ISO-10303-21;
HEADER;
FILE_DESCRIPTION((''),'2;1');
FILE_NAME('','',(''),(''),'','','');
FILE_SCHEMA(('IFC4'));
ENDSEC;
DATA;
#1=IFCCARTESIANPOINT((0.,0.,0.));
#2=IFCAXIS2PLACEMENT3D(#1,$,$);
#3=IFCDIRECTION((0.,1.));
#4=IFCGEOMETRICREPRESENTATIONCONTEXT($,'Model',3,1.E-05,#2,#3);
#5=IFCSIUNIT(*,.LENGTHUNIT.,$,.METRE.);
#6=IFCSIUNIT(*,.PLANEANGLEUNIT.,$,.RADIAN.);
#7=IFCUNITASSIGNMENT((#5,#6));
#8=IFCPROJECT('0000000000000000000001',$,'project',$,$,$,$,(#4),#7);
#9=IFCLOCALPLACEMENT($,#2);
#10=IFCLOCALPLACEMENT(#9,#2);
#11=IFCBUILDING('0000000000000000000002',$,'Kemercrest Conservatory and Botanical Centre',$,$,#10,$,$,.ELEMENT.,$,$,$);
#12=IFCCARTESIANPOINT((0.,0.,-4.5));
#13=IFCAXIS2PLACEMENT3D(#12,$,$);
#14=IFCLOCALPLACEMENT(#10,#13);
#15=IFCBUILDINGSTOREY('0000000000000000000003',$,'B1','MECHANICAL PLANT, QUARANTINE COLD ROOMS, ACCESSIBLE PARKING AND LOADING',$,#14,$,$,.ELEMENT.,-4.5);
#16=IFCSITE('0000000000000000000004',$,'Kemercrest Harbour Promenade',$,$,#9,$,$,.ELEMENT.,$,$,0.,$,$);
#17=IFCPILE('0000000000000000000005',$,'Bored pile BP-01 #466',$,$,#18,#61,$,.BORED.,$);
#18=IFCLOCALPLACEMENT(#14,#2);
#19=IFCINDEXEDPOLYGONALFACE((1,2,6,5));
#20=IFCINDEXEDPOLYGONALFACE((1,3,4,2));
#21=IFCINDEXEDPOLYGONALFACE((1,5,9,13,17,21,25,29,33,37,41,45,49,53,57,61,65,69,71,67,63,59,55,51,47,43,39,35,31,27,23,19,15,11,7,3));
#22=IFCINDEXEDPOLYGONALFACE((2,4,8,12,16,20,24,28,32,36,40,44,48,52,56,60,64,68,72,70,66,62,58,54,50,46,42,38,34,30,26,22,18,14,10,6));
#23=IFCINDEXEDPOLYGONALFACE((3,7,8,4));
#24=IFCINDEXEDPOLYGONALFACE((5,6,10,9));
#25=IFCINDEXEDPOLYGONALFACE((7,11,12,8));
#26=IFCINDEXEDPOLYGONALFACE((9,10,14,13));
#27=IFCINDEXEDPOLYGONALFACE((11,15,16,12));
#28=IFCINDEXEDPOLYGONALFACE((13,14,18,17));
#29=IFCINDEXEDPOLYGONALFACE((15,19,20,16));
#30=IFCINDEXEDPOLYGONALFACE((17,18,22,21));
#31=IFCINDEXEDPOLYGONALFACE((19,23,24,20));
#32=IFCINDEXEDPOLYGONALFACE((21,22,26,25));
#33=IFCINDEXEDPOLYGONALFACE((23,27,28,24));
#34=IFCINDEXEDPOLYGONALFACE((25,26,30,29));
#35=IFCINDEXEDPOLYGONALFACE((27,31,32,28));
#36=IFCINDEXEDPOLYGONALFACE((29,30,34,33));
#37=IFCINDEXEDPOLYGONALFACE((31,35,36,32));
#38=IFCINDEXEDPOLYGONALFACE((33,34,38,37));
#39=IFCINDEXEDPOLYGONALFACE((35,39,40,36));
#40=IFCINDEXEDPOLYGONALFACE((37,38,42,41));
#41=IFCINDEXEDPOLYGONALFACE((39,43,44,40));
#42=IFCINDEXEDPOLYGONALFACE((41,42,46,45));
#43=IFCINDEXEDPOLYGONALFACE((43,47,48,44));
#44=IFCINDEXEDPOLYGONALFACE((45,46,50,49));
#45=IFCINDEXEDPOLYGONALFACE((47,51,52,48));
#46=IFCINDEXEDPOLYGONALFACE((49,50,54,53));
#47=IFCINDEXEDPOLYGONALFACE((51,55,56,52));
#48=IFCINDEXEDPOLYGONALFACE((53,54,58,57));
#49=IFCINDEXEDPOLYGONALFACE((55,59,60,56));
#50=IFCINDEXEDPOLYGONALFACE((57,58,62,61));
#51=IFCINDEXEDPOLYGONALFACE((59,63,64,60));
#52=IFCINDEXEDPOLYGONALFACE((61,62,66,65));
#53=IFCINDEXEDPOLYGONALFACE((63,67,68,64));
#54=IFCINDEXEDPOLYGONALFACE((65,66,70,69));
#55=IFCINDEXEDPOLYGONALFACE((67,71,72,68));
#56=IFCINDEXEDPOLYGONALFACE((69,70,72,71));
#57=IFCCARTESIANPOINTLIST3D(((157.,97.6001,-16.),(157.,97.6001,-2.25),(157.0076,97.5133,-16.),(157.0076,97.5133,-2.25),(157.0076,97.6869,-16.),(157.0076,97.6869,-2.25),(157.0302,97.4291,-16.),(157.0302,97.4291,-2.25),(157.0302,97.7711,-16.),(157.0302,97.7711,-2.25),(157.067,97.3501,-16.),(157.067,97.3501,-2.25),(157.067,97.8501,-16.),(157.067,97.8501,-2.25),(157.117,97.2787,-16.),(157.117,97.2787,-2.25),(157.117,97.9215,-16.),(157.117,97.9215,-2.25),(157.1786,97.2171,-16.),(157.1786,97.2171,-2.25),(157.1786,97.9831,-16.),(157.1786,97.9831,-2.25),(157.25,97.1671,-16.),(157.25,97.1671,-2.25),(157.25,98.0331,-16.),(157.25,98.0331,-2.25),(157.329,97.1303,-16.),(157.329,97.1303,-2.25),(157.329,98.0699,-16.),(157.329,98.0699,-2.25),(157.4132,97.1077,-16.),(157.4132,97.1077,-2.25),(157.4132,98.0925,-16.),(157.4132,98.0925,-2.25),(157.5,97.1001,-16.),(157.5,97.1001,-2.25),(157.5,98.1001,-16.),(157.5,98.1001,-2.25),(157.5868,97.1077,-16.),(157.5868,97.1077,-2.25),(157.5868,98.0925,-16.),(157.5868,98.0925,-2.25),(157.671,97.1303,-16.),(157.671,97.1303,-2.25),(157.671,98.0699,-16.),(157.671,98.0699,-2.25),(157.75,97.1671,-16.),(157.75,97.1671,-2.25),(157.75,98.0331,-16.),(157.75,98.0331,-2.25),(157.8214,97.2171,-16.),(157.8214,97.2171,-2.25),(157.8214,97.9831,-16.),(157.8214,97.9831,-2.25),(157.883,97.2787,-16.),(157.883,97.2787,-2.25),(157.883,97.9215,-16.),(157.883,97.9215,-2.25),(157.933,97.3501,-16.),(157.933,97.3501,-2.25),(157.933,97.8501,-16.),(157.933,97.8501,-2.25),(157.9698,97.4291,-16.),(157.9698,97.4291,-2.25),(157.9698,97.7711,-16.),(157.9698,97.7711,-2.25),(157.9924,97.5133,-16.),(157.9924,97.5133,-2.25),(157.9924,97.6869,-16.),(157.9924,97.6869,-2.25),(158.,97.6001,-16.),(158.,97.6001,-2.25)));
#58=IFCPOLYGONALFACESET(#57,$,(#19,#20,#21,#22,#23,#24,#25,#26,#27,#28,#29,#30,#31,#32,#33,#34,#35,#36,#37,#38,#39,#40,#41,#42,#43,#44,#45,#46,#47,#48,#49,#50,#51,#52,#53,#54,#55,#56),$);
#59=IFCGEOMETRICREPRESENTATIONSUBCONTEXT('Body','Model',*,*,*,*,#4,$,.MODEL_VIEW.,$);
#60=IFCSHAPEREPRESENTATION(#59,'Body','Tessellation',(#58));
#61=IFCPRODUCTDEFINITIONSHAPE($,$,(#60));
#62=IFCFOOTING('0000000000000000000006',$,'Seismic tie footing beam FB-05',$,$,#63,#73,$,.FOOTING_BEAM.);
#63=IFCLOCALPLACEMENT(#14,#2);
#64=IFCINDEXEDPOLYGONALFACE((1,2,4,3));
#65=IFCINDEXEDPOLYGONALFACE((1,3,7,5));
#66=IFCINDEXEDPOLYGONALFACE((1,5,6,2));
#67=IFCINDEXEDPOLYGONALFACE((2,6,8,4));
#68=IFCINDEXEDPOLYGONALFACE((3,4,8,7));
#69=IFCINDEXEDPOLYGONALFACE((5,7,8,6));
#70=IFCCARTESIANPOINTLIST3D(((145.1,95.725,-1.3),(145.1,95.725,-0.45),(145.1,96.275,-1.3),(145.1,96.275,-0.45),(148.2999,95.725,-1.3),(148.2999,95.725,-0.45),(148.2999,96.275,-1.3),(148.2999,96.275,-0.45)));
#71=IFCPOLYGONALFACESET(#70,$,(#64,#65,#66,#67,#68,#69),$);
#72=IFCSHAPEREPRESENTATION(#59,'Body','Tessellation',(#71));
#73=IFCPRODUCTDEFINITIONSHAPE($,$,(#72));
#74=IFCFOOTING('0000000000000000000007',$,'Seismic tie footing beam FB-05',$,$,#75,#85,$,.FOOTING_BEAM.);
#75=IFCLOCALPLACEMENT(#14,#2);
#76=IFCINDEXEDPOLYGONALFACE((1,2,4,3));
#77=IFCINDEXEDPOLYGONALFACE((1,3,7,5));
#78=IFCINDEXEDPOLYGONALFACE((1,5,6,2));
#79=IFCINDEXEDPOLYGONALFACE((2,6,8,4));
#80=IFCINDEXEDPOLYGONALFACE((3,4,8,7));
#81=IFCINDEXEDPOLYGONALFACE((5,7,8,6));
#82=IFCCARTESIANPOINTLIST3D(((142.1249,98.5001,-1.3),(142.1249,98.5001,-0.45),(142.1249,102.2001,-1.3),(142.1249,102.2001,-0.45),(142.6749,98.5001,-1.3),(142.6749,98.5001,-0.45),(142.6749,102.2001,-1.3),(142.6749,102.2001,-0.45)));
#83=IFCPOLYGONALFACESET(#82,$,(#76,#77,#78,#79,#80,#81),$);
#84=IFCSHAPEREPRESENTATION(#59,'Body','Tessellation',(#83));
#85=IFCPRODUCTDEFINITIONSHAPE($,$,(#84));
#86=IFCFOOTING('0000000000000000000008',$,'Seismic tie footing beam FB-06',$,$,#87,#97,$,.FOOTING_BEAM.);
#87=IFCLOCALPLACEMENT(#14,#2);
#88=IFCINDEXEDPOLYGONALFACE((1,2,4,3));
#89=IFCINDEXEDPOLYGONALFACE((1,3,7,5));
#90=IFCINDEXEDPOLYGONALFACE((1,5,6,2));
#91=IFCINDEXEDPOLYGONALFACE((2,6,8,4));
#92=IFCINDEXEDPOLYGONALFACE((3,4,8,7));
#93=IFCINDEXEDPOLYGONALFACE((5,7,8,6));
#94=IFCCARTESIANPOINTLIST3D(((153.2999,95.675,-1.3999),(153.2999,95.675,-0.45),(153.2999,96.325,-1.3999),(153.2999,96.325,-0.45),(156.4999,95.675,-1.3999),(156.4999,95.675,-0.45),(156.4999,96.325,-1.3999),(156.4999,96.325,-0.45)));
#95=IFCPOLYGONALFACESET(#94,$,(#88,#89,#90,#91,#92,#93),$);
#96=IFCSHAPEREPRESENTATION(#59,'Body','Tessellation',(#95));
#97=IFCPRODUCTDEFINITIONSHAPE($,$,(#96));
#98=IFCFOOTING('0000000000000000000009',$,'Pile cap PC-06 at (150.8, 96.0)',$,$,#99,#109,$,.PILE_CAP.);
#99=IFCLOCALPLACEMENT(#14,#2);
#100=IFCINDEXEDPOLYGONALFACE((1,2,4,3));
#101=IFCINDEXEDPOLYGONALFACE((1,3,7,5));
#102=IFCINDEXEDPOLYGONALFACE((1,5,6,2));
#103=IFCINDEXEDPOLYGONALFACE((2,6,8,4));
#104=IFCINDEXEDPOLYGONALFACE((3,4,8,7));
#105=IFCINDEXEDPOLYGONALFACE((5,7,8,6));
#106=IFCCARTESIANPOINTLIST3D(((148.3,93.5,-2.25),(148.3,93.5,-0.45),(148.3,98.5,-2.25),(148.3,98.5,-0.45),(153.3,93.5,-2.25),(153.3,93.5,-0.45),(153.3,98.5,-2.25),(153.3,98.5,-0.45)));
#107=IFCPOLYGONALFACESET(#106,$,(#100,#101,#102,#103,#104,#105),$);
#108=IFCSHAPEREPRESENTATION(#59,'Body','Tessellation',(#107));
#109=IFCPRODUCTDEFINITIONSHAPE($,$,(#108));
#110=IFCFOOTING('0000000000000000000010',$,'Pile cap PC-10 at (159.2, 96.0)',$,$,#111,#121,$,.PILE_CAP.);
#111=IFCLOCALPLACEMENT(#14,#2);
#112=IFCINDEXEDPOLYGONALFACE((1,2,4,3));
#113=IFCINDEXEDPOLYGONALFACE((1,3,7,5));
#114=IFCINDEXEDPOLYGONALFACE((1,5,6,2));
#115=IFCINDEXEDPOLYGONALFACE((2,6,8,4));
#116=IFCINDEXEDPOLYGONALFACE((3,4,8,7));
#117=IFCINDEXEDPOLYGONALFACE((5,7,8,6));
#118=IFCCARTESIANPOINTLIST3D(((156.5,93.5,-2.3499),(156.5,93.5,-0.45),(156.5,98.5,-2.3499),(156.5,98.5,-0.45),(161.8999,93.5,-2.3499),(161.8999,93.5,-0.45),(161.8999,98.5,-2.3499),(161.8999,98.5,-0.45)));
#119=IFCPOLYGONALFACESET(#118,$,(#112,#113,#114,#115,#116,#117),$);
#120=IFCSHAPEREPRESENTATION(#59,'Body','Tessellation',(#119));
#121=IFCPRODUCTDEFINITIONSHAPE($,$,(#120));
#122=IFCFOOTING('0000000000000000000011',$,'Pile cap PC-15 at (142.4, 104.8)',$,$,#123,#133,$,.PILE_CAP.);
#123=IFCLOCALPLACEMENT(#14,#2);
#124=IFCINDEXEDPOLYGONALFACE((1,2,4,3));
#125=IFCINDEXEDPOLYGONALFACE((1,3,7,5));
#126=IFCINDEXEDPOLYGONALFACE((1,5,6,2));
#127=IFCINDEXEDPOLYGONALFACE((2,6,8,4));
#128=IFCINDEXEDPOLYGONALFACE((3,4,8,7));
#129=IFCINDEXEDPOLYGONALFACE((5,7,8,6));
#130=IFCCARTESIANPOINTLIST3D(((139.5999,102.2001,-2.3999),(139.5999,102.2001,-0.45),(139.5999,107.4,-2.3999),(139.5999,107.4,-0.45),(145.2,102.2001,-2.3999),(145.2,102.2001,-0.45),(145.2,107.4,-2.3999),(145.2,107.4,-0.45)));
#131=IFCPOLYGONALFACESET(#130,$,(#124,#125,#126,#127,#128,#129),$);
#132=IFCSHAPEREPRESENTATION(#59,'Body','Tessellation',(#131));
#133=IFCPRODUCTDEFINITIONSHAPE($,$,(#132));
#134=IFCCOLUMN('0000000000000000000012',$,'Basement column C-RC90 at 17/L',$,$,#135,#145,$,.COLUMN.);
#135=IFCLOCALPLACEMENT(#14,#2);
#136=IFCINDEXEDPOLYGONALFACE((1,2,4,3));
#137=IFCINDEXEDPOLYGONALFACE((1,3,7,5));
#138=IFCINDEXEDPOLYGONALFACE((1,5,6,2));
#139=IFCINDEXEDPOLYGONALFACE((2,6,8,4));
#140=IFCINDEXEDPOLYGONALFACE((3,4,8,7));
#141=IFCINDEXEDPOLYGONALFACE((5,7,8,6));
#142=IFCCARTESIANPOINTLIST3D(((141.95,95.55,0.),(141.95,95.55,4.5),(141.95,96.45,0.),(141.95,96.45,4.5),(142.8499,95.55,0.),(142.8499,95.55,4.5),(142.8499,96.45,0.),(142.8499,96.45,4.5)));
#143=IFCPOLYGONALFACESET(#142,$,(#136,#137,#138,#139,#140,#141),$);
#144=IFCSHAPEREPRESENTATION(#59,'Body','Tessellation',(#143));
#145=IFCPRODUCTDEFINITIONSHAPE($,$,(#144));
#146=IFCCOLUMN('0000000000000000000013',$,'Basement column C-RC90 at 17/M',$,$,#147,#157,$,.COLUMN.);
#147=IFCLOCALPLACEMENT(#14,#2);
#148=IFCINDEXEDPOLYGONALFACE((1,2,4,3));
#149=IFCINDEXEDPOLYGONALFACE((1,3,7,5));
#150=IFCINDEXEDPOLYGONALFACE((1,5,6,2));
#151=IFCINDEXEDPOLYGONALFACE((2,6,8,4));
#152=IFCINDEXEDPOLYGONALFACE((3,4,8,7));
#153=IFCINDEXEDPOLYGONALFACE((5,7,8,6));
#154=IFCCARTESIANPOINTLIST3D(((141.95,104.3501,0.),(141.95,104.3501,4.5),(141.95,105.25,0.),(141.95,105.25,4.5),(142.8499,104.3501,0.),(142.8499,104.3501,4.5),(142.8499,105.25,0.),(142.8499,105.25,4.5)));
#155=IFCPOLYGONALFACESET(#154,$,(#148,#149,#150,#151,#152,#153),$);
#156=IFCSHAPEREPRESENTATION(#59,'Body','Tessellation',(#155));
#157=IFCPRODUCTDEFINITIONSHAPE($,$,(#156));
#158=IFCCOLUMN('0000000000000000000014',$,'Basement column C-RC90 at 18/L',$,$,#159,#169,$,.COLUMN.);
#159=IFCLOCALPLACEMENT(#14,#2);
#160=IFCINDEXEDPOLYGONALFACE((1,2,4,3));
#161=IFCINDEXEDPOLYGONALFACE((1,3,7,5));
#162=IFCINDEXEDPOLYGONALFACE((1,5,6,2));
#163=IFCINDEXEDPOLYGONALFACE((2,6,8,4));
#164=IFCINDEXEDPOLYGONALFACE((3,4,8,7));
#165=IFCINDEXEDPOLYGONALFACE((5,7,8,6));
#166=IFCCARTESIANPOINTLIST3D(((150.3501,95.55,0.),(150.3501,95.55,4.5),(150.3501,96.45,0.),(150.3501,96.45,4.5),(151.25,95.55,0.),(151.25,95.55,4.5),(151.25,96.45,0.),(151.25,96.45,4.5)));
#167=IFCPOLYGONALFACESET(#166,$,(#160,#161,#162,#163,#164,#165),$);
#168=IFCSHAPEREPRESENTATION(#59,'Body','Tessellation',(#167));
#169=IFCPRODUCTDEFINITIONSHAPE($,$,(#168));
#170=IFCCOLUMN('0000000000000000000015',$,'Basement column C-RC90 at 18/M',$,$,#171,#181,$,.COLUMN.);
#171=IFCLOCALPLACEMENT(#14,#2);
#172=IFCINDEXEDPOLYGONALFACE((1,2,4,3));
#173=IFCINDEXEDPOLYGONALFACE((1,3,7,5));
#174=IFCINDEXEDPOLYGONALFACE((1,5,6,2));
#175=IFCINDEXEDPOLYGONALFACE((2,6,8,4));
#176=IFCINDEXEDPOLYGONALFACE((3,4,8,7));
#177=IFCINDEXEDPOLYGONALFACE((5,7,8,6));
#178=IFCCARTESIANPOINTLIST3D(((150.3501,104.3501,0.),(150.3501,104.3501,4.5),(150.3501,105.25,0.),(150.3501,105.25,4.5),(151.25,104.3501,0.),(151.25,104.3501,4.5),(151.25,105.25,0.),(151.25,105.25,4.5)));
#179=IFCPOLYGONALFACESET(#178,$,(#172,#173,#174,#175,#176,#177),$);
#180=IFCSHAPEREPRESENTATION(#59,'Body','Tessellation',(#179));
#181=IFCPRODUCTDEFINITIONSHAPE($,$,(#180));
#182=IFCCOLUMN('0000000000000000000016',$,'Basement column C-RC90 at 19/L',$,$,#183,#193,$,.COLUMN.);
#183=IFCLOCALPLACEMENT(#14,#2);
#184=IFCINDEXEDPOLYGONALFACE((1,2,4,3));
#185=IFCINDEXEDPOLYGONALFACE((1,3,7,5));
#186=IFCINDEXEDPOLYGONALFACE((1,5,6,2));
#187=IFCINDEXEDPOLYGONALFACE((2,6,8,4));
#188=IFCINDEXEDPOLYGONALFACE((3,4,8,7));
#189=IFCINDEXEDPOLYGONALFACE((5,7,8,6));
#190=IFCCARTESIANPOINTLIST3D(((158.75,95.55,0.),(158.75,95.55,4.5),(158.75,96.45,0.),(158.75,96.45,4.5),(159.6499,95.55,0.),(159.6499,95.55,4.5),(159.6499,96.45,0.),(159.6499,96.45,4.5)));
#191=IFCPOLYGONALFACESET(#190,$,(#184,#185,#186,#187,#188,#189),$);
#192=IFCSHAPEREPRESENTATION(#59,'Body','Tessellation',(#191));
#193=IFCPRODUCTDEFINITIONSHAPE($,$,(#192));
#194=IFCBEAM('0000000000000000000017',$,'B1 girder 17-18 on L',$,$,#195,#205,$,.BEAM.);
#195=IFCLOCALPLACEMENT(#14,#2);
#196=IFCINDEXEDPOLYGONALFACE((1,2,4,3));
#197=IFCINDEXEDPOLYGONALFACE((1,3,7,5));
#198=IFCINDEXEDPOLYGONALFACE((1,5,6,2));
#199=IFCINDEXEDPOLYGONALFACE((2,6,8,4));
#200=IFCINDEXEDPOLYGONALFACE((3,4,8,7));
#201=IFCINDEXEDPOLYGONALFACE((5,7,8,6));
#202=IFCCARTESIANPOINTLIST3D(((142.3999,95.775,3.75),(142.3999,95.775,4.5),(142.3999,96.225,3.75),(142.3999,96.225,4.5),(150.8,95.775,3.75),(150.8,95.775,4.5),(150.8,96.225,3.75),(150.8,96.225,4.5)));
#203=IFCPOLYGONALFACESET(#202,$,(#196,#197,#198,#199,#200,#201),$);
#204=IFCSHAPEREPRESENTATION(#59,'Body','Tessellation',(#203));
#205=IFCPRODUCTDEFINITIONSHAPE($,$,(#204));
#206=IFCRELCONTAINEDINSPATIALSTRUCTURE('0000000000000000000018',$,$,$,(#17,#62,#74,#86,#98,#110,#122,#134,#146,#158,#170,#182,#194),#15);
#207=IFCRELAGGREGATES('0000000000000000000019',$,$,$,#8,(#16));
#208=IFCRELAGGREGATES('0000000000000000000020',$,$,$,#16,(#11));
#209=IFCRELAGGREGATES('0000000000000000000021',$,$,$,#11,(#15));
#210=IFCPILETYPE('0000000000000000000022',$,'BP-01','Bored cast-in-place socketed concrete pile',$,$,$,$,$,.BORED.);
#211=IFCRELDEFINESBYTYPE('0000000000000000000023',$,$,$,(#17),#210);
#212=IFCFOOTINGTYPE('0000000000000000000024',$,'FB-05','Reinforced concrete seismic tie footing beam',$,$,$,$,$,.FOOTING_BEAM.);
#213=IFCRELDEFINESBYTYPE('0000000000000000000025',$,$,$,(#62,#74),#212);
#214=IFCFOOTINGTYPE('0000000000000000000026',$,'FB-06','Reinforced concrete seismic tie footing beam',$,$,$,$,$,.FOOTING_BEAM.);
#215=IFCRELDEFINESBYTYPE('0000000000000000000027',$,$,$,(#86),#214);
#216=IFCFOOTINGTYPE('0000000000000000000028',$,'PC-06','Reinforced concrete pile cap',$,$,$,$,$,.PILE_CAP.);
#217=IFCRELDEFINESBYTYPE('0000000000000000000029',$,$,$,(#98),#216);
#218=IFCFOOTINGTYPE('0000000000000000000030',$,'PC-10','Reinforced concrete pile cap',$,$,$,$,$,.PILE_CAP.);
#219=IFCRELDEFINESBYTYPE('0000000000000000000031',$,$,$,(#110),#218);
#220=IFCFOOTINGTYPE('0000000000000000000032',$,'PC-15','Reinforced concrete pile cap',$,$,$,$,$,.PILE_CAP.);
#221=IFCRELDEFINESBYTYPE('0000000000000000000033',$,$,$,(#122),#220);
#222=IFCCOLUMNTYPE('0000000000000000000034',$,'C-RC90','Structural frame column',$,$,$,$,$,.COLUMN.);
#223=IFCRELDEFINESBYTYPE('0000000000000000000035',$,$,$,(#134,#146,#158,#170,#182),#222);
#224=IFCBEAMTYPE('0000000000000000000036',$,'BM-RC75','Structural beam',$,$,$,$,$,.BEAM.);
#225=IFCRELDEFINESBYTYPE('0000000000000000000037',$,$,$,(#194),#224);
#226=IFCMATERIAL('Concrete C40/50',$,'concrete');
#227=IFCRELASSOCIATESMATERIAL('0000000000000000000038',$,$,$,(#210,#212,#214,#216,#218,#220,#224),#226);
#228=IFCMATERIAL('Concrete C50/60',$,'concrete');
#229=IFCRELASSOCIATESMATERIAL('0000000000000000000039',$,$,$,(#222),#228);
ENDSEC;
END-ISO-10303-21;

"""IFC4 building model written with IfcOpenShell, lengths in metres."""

from ifc_helpers import new_model, si_unit, direction, frame, origin, origin_2d, place, context, subcontext, project, spatial, rectangle, circle, extrude, material, material_profile, profile_set, type_object, element, save


model = new_model("IFC4")

# Units and contexts
model_context = context("Model", 3, precision=1e-05, world=origin(), true_north=direction((0.0, 1.0)))
body_context = subcontext(model_context, "Body", "Model", "MODEL_VIEW")
ifc_project = project(units=[si_unit("LENGTHUNIT", "METRE"), si_unit("PLANEANGLEUNIT", "RADIAN")], contexts=[model_context])

# Site, building, storey
site_placement = place(None, origin())
site = spatial("IfcSite", under=ifc_project, at=site_placement, Name="Kemercrest Harbour Promenade", CompositionType="ELEMENT", RefElevation=0.0)
building_placement = place(site_placement, origin())
building = spatial("IfcBuilding", under=site, at=building_placement, Name="Kemercrest Conservatory and Botanical Centre", CompositionType="ELEMENT")
storey_placement = place(building_placement, frame((0.0, 0.0, -4.5)))
storey = spatial("IfcBuildingStorey", under=building, at=storey_placement, Name="B1", Description="MECHANICAL PLANT, QUARANTINE COLD ROOMS, ACCESSIBLE PARKING AND LOADING", CompositionType="ELEMENT", Elevation=-4.5)

# Pile
ifc_material_1 = material(Name="Concrete C40/50", Category="concrete")
ifc_material_profile_1 = material_profile(ifc_material_1, circle(Radius=0.5, at=origin_2d()), Name="BORED PILE 1000")
ifc_profile_set_1 = profile_set([ifc_material_profile_1], Name="Concrete C40/50")
pile_type = type_object("IfcPileType", Name="BP-01", Description="Bored cast-in-place socketed concrete pile", PredefinedType="BORED", material=ifc_profile_set_1)
pile_1_placement = place(storey_placement, frame((157.5, 97.6001, -2.25), z_axis=(0.0, 0.0, -1.0), x_axis=(1.0, 0.0, 0.0)))
element("IfcPile", 1, at=pile_1_placement, inside=storey, type_object=pile_type, Name="Bored pile BP-01 #466", PredefinedType="BORED", context=body_context, shape_type="SweptSolid", body=[
    extrude(circle(Radius=0.5, at=origin_2d()), origin(), (0.0, 0.0, 1.0), 13.75),
])

# Footings
footing_type_1 = type_object("IfcFootingType", Name="FB-05", Description="Reinforced concrete seismic tie footing beam", PredefinedType="FOOTING_BEAM", material=ifc_material_1)
footing_1_placement = place(storey_placement, frame((146.7, 96.0, -1.3), z_axis=(0.0, 0.0, 1.0), x_axis=(1.0, 0.0, 0.0)))
element("IfcFooting", 2, at=footing_1_placement, inside=storey, type_object=footing_type_1, Name="Seismic tie footing beam FB-05", PredefinedType="FOOTING_BEAM", context=body_context, shape_type="SweptSolid", body=[
    extrude(rectangle(XDim=3.2, YDim=0.55, at=origin_2d()), origin(), (0.0, 0.0, 1.0), 0.8501),
])
footing_2_placement = place(storey_placement, frame((142.3999, 100.3501, -1.3), z_axis=(0.0, 0.0, 1.0), x_axis=(1.0, 0.0, 0.0)))
element("IfcFooting", 3, at=footing_2_placement, inside=storey, type_object=footing_type_1, Name="Seismic tie footing beam FB-05", PredefinedType="FOOTING_BEAM", context=body_context, shape_type="SweptSolid", body=[
    extrude(rectangle(XDim=0.55, YDim=3.7, at=origin_2d()), origin(), (0.0, 0.0, 1.0), 0.8501),
])
footing_type_2 = type_object("IfcFootingType", Name="FB-06", Description="Reinforced concrete seismic tie footing beam", PredefinedType="FOOTING_BEAM", material=ifc_material_1)
footing_3_placement = place(storey_placement, frame((154.8999, 96.0, -1.3999), z_axis=(0.0, 0.0, 1.0), x_axis=(1.0, 0.0, 0.0)))
element("IfcFooting", 4, at=footing_3_placement, inside=storey, type_object=footing_type_2, Name="Seismic tie footing beam FB-06", PredefinedType="FOOTING_BEAM", context=body_context, shape_type="SweptSolid", body=[
    extrude(rectangle(XDim=3.2, YDim=0.6499, at=origin_2d()), origin(), (0.0, 0.0, 1.0), 0.95),
])
footing_type_3 = type_object("IfcFootingType", Name="PC-06", Description="Reinforced concrete pile cap", PredefinedType="PILE_CAP", material=ifc_material_1)
footing_4_placement = place(storey_placement, frame((150.8, 96.0, -2.25), z_axis=(0.0, 0.0, 1.0), x_axis=(1.0, 0.0, 0.0)))
element("IfcFooting", 5, at=footing_4_placement, inside=storey, type_object=footing_type_3, Name="Pile cap PC-06 at (150.8, 96.0)", PredefinedType="PILE_CAP", context=body_context, shape_type="SweptSolid", body=[
    extrude(rectangle(XDim=5.0, YDim=5.0, at=origin_2d()), origin(), (0.0, 0.0, 1.0), 1.8),
])
footing_type_4 = type_object("IfcFootingType", Name="PC-10", Description="Reinforced concrete pile cap", PredefinedType="PILE_CAP", material=ifc_material_1)
footing_5_placement = place(storey_placement, frame((159.2, 96.0, -2.3499), z_axis=(0.0, 0.0, 1.0), x_axis=(1.0, 0.0, 0.0)))
element("IfcFooting", 6, at=footing_5_placement, inside=storey, type_object=footing_type_4, Name="Pile cap PC-10 at (159.2, 96.0)", PredefinedType="PILE_CAP", context=body_context, shape_type="SweptSolid", body=[
    extrude(rectangle(XDim=5.3999, YDim=5.0, at=origin_2d()), origin(), (0.0, 0.0, 1.0), 1.8999),
])
footing_type_5 = type_object("IfcFootingType", Name="PC-15", Description="Reinforced concrete pile cap", PredefinedType="PILE_CAP", material=ifc_material_1)
footing_6_placement = place(storey_placement, frame((142.3999, 104.8, -2.3999), z_axis=(0.0, 0.0, 1.0), x_axis=(1.0, 0.0, 0.0)))
element("IfcFooting", 7, at=footing_6_placement, inside=storey, type_object=footing_type_5, Name="Pile cap PC-15 at (142.4, 104.8)", PredefinedType="PILE_CAP", context=body_context, shape_type="SweptSolid", body=[
    extrude(rectangle(XDim=5.6001, YDim=5.2, at=origin_2d()), origin(), (0.0, 0.0, 1.0), 1.95),
])

# Columns
ifc_material_2 = material(Name="Concrete C50/60", Category="concrete")
ifc_material_profile_2 = material_profile(ifc_material_2, rectangle(XDim=0.8999, YDim=0.8999, at=origin_2d()), Name="RC 900x900")
ifc_profile_set_2 = profile_set([ifc_material_profile_2], Name="Concrete C50/60")
column_type = type_object("IfcColumnType", Name="C-RC90", Description="Structural frame column", PredefinedType="COLUMN", material=ifc_profile_set_2)
for number, where, z_axis, x_axis, name in (
    (8, (142.3999, 96.0, 0.0), (0.0, 0.0, 1.0), (1.0, 0.0, 0.0), "Basement column C-RC90 at 17/L"),
    (9, (142.3999, 104.8, 0.0), (0.0, 0.0, 1.0), (1.0, 0.0, 0.0), "Basement column C-RC90 at 17/M"),
    (10, (150.8, 96.0, 0.0), (0.0, 0.0, 1.0), (1.0, 0.0, 0.0), "Basement column C-RC90 at 18/L"),
    (11, (150.8, 104.8, 0.0), (0.0, 0.0, 1.0), (1.0, 0.0, 0.0), "Basement column C-RC90 at 18/M"),
    (12, (159.2, 96.0, 0.0), (0.0, 0.0, 1.0), (1.0, 0.0, 0.0), "Basement column C-RC90 at 19/L"),
):
    element("IfcColumn", number, at=place(storey_placement, frame(where, z_axis=z_axis, x_axis=x_axis)), inside=storey, type_object=column_type, Name=name, PredefinedType="COLUMN", context=body_context, shape_type="SweptSolid", body=[
        extrude(rectangle(XDim=0.8999, YDim=0.8999, at=origin_2d()), origin(), (0.0, 0.0, 1.0), 4.5),
    ])

# Beam
ifc_material_profile_3 = material_profile(ifc_material_1, rectangle(XDim=0.45, YDim=0.75, at=origin_2d()), Name="RC 450x750")
ifc_profile_set_3 = profile_set([ifc_material_profile_3], Name="Concrete C40/50")
beam_type = type_object("IfcBeamType", Name="BM-RC75", Description="Structural beam", PredefinedType="BEAM", material=ifc_profile_set_3)
beam_1_placement = place(storey_placement, frame((142.3999, 96.0, 4.125), z_axis=(1.0, 0.0, 0.0), x_axis=(0.0, 1.0, 0.0)))
element("IfcBeam", 13, at=beam_1_placement, inside=storey, type_object=beam_type, Name="B1 girder 17-18 on L", PredefinedType="BEAM", context=body_context, shape_type="SweptSolid", body=[
    extrude(rectangle(XDim=0.45, YDim=0.75, at=origin_2d()), origin(), (0.0, 0.0, 1.0), 8.4001),
])

save(model, "model.ifc")
